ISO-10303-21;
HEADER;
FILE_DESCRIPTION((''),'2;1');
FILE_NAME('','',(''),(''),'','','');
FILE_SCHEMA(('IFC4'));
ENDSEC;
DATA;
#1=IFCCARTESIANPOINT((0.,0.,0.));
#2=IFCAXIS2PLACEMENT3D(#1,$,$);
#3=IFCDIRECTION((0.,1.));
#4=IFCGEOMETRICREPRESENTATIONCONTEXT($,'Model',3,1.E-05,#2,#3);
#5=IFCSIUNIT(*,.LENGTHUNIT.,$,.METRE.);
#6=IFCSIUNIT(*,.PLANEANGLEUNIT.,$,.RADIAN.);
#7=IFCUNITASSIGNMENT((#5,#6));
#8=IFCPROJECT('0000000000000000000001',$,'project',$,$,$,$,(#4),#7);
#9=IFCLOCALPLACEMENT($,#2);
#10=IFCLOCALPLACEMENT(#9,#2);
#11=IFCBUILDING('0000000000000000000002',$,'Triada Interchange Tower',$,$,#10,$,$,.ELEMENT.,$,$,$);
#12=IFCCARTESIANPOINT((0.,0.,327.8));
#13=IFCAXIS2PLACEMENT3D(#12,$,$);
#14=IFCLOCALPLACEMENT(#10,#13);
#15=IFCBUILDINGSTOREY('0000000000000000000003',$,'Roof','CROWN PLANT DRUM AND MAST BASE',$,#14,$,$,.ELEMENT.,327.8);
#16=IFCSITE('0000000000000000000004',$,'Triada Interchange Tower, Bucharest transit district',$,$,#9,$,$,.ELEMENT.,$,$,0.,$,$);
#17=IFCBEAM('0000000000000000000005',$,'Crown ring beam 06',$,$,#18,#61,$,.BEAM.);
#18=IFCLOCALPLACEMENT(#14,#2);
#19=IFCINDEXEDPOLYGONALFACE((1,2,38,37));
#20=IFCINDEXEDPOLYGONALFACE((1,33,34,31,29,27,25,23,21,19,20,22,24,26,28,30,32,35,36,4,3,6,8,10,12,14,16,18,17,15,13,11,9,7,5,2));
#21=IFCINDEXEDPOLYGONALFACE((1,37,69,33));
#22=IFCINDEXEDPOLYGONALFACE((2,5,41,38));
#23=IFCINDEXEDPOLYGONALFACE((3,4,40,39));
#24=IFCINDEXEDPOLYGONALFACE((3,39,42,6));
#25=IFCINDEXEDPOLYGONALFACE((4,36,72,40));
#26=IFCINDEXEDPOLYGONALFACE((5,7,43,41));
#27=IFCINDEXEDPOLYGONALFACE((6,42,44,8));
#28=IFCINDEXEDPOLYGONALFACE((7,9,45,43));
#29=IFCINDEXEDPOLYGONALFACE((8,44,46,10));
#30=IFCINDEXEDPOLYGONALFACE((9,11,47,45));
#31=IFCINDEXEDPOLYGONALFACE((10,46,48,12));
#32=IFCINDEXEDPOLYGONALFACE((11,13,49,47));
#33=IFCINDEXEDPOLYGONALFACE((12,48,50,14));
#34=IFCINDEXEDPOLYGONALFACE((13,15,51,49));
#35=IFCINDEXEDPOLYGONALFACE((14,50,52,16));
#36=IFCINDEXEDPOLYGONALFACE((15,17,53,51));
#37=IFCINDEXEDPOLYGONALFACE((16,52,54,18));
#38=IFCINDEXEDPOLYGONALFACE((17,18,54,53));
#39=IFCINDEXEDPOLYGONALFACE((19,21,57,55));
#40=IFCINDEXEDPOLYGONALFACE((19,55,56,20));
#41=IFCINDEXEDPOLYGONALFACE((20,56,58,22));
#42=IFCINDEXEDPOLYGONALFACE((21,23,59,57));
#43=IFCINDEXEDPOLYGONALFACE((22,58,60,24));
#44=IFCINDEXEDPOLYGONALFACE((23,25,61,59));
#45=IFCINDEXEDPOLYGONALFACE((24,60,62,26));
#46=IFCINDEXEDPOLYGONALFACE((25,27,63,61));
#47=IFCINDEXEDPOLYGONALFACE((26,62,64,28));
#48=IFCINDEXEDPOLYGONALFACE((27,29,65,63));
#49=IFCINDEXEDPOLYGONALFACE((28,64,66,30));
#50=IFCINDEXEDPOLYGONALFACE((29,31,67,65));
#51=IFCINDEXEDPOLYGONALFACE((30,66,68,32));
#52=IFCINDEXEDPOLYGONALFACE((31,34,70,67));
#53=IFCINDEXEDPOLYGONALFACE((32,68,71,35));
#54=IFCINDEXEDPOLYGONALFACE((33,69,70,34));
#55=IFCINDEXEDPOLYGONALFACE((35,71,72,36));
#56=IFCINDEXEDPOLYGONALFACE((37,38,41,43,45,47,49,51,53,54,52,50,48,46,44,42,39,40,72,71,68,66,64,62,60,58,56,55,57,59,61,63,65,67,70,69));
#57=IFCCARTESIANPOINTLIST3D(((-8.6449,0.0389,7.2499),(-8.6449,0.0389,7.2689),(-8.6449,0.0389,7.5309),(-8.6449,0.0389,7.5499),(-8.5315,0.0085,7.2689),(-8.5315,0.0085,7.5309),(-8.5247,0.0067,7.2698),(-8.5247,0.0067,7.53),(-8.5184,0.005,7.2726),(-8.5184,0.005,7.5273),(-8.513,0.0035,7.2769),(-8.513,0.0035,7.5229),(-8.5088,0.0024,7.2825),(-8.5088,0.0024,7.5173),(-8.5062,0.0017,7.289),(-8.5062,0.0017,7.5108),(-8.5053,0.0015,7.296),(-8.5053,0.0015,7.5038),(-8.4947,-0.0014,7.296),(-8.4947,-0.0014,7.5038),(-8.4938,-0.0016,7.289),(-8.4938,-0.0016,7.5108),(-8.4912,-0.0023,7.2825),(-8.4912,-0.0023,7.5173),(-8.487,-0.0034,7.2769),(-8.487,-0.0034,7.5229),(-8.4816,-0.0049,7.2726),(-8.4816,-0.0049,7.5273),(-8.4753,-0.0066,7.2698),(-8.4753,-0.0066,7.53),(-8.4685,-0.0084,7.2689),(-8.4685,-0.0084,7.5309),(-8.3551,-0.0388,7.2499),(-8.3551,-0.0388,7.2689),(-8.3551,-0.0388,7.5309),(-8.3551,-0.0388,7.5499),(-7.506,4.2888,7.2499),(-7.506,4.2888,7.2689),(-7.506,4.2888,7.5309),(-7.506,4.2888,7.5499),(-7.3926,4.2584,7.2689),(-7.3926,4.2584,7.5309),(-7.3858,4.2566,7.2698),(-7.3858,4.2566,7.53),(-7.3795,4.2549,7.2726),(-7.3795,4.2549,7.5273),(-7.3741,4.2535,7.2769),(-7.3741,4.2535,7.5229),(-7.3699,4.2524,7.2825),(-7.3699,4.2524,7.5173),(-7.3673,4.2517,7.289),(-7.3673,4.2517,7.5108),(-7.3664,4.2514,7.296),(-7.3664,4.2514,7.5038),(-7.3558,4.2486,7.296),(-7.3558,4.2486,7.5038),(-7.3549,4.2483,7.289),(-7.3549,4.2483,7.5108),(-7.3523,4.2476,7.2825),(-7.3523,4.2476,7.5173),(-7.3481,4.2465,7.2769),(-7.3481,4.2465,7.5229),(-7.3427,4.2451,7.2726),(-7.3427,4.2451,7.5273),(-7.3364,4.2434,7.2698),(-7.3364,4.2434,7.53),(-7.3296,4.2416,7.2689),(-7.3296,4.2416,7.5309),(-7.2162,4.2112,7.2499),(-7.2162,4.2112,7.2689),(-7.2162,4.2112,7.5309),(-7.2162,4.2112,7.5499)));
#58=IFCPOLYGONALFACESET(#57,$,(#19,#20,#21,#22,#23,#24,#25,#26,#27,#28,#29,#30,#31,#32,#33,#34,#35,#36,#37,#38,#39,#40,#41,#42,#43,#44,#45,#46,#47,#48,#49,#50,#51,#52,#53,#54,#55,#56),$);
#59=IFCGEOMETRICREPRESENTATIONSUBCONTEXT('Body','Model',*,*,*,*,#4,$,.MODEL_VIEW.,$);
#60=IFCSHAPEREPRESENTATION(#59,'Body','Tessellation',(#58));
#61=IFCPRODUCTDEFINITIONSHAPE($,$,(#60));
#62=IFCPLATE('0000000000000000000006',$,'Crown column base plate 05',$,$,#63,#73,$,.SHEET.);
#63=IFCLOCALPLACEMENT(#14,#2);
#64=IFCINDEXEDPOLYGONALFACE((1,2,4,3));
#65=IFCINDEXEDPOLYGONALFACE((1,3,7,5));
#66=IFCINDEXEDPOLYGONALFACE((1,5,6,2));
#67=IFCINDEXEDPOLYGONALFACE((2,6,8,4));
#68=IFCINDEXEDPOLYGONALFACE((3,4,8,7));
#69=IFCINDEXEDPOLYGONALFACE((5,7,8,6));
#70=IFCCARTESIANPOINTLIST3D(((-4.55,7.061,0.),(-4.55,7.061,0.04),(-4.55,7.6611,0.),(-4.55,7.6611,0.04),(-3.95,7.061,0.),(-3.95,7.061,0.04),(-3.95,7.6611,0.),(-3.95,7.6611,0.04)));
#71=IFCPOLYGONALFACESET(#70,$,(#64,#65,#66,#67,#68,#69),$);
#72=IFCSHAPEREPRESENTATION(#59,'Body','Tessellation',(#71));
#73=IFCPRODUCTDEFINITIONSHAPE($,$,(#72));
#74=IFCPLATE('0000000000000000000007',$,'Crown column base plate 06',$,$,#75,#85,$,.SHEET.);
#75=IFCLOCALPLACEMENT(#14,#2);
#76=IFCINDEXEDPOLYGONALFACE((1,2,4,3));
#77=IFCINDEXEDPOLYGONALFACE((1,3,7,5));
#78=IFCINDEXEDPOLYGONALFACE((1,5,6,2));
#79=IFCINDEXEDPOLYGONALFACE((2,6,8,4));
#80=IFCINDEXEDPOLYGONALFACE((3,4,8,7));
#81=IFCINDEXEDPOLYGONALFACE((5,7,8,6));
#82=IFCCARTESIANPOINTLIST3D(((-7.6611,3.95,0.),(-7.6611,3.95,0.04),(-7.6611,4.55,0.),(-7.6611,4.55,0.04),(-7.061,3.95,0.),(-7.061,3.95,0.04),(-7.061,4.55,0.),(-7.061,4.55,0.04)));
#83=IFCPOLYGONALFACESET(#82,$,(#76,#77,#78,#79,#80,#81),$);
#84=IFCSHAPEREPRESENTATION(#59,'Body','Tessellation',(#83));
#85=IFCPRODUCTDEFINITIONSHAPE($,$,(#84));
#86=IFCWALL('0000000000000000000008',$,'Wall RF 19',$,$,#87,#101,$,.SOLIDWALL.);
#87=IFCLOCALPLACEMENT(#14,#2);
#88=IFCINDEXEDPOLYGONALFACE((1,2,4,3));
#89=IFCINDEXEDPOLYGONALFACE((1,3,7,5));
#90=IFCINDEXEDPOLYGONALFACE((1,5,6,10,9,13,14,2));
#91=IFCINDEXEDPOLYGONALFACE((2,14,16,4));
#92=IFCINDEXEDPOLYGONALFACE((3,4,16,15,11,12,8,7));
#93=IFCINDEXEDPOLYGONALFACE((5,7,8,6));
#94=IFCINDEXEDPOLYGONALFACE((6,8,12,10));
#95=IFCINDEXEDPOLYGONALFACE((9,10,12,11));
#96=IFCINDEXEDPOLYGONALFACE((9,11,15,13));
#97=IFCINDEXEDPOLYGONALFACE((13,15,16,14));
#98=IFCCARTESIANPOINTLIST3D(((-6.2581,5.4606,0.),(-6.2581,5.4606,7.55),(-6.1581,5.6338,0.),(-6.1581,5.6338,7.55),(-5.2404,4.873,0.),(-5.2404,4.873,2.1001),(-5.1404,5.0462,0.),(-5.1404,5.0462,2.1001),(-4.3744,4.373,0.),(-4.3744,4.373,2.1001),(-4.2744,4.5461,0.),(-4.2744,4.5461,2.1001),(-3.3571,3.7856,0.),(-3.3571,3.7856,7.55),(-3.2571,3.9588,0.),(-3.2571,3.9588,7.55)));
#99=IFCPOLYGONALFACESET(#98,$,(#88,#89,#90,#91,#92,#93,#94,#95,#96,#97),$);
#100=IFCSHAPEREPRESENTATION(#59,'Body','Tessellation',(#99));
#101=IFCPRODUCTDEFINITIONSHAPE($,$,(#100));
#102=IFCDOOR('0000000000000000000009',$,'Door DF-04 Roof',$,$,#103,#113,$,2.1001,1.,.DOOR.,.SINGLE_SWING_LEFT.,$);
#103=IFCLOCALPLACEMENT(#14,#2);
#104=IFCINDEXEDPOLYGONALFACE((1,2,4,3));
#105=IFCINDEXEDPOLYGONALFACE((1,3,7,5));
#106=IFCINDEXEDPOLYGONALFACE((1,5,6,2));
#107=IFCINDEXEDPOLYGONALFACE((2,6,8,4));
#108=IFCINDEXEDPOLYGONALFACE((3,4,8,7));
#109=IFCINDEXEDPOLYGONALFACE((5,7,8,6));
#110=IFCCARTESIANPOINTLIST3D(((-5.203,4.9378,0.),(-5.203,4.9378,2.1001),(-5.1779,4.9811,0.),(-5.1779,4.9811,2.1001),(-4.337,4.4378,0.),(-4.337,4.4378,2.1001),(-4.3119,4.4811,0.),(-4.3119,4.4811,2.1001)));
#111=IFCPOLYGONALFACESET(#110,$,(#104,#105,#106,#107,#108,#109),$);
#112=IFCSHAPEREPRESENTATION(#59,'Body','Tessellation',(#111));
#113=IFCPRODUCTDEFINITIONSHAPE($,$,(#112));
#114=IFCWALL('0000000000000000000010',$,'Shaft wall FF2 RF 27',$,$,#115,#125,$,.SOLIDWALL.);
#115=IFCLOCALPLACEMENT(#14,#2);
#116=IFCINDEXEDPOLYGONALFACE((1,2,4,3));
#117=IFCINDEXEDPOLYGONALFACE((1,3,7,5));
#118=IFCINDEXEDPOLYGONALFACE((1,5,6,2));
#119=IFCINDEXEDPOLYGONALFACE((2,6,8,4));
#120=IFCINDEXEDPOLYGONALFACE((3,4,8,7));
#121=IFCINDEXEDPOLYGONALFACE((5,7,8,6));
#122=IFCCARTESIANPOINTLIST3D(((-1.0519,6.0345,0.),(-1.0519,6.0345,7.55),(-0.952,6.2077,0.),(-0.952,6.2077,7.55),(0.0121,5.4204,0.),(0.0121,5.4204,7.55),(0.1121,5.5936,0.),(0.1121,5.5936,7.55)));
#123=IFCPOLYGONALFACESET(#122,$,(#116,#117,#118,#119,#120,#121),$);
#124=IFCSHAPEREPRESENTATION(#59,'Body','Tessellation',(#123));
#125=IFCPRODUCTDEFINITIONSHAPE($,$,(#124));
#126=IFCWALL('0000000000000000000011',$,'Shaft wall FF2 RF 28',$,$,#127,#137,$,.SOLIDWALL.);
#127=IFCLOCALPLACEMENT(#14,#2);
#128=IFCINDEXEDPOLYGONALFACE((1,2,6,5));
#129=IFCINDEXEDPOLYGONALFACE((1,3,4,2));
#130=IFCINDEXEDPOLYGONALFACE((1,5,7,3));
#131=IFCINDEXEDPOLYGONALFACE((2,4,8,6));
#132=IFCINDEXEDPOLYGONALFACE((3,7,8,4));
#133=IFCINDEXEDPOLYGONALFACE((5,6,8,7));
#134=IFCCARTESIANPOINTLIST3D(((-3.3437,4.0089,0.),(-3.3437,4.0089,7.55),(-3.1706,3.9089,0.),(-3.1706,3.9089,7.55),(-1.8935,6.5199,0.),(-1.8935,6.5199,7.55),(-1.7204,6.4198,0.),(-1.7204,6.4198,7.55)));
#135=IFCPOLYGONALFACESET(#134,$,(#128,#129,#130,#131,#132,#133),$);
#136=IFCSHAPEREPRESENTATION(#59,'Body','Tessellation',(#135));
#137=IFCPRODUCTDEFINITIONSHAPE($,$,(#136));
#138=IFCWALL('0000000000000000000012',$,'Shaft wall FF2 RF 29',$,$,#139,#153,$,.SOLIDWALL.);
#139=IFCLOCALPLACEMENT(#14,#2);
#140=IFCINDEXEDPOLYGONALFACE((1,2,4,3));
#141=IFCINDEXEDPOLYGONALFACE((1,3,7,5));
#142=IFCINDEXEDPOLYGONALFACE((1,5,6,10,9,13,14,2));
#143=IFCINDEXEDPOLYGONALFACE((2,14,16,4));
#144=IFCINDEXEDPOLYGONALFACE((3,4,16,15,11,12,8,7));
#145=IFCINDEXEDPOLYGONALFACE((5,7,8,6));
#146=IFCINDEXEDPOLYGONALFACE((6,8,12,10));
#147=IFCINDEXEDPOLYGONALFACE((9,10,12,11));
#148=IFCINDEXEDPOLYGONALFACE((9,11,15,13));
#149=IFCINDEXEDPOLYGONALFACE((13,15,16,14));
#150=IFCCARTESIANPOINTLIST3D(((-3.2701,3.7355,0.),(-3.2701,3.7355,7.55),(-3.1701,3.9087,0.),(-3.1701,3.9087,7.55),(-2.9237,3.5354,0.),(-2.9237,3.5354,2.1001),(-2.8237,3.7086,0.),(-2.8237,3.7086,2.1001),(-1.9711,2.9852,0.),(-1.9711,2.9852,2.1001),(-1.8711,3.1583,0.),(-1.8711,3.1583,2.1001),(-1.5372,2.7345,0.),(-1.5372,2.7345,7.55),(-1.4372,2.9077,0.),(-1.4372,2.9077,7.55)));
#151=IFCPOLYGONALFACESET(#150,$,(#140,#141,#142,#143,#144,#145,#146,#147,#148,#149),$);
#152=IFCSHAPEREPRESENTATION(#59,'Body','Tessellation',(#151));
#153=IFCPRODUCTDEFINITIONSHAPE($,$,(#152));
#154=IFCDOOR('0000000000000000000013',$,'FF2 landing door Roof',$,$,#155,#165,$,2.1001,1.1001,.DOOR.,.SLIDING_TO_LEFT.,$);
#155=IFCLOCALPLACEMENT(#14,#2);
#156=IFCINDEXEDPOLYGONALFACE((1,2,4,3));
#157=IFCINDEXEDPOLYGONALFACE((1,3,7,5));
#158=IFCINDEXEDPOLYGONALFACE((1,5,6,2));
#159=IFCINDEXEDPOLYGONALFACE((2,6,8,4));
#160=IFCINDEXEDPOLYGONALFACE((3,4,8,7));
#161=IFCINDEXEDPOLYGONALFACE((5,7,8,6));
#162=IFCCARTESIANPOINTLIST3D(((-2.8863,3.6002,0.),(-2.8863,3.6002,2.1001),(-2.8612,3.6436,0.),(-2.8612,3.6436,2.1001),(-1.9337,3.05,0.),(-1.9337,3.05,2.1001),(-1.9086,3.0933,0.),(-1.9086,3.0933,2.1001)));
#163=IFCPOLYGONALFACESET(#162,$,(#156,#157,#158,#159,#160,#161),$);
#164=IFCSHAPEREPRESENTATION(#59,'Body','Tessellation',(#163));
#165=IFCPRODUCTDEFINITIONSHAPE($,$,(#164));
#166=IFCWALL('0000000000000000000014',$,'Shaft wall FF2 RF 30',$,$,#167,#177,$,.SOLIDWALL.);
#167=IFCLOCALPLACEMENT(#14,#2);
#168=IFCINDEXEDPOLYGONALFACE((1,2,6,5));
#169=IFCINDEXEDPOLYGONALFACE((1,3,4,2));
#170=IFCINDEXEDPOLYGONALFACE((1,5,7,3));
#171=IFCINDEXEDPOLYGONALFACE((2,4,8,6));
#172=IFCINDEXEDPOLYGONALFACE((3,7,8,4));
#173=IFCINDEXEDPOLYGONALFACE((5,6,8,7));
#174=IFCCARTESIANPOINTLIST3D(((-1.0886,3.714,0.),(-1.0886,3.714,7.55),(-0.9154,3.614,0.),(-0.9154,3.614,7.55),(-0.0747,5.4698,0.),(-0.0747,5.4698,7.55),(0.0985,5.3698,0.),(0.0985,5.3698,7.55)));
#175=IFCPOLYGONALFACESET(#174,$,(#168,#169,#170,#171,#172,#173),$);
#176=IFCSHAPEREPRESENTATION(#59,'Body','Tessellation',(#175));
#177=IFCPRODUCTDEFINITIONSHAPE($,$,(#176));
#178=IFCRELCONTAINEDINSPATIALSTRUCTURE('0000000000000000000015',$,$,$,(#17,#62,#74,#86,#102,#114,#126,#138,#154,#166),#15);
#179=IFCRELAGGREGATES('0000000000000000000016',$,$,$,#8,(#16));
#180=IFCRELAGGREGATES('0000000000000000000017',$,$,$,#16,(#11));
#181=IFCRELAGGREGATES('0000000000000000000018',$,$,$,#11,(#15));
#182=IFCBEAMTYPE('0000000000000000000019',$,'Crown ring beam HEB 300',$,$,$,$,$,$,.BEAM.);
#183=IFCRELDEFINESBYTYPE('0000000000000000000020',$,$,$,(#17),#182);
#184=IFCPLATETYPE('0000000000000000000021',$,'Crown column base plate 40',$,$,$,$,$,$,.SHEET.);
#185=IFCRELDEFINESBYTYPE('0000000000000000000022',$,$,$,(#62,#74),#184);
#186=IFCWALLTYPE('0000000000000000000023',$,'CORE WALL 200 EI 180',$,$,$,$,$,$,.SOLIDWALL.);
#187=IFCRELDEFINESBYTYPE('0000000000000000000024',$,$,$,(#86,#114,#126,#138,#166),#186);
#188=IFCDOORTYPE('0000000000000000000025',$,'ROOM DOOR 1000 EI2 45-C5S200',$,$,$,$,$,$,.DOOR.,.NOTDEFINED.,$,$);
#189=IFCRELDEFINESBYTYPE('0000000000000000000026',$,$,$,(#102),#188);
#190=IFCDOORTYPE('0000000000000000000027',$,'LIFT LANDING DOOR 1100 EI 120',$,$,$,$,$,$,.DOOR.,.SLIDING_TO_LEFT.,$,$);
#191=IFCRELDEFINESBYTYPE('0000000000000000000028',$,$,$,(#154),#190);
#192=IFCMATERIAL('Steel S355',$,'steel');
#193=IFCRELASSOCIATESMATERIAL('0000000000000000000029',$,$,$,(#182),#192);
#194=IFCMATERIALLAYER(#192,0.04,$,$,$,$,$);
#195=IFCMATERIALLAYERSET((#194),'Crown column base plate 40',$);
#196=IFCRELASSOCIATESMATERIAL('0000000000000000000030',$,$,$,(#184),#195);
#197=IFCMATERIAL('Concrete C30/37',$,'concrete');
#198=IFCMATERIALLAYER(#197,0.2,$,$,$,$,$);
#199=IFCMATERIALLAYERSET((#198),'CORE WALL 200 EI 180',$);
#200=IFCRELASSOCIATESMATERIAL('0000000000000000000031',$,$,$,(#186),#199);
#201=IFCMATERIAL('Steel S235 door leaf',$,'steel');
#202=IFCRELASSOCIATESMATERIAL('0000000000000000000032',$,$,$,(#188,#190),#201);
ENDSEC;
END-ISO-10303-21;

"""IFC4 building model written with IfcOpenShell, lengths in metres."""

from ifc_helpers import new_model, si_unit, direction, frame, frame_2d, origin, origin_2d, place, context, subcontext, project, spatial, rectangle, i_section, extrude, material, layer, layer_set, material_profile, profile_set, type_object, element, fill, save


model = new_model("IFC4")

# Units and contexts
model_context = context("Model", 3, precision=1e-05, world=origin(), true_north=direction((0.0, 1.0)))
body_context = subcontext(model_context, "Body", "Model", "MODEL_VIEW")
ifc_project = project(units=[si_unit("LENGTHUNIT", "METRE"), si_unit("PLANEANGLEUNIT", "RADIAN")], contexts=[model_context])

# Site, building, storey
site_placement = place(None, origin())
site = spatial("IfcSite", under=ifc_project, at=site_placement, Name="Triada Interchange Tower, Bucharest transit district", CompositionType="ELEMENT", RefElevation=0.0)
building_placement = place(site_placement, origin())
building = spatial("IfcBuilding", under=site, at=building_placement, Name="Triada Interchange Tower", CompositionType="ELEMENT")
storey_placement = place(building_placement, frame((0.0, 0.0, 327.8)))
storey = spatial("IfcBuildingStorey", under=building, at=storey_placement, Name="Roof", Description="CROWN PLANT DRUM AND MAST BASE", CompositionType="ELEMENT", Elevation=327.8)

# Shared definitions
ifc_material_1 = material(Name="Steel S355", Category="steel")

# Beam
ifc_material_profile_1 = material_profile(ifc_material_1, i_section(OverallWidth=0.3, OverallDepth=0.3, WebThickness=0.011, FlangeThickness=0.019, FilletRadius=0.0271, at=origin_2d()), Name="HEB 300")
ifc_profile_set_1 = profile_set([ifc_material_profile_1], Name="Steel S355")
beam_type_1 = type_object("IfcBeamType", Name="Crown ring beam HEB 300", PredefinedType="BEAM", material=ifc_profile_set_1)
beam_1_placement = place(storey_placement, frame((-7.3611, 4.25, 7.3999), z_axis=(-0.258847, -0.965918, 0.0), x_axis=(0.965918, -0.258847, 0.0)))
element("IfcBeam", 1, at=beam_1_placement, inside=storey, type_object=beam_type_1, Name="Crown ring beam 06", PredefinedType="BEAM", context=body_context, shape_type="SweptSolid", body=[
    extrude(i_section(OverallWidth=0.3, OverallDepth=0.3, WebThickness=0.011, FlangeThickness=0.019, FilletRadius=0.0271, at=origin_2d()), origin(), (0.0, 0.0, 1.0), 4.3999),
])

# Plates
ifc_layer_1 = layer(ifc_material_1, 0.04)
ifc_layer_set_1 = layer_set([ifc_layer_1], Name="Crown column base plate 40")
plate_type = type_object("IfcPlateType", Name="Crown column base plate 40", PredefinedType="SHEET", material=ifc_layer_set_1)
for number, where, z_axis, x_axis, name in (
    (2, (-4.25, 7.3611, 0.0), (0.0, 0.0, 1.0), (1.0, 0.0, 0.0), "Crown column base plate 05"),
    (3, (-7.3611, 4.25, 0.0), (0.0, 0.0, 1.0), (1.0, 0.0, 0.0), "Crown column base plate 06"),
):
    element("IfcPlate", number, at=place(storey_placement, frame(where, z_axis=z_axis, x_axis=x_axis)), inside=storey, type_object=plate_type, Name=name, PredefinedType="SHEET", context=body_context, shape_type="SweptSolid", body=[
        extrude(rectangle(XDim=0.6001, YDim=0.6001, at=origin_2d()), origin(), (0.0, 0.0, 1.0), 0.04),
    ])

# Wall, opening, door
ifc_material_2 = material(Name="Concrete C30/37", Category="concrete")
ifc_layer_2 = layer(ifc_material_2, 0.2)
ifc_layer_set_2 = layer_set([ifc_layer_2], Name="CORE WALL 200 EI 180")
wall_type_1 = type_object("IfcWallType", Name="CORE WALL 200 EI 180", PredefinedType="SOLIDWALL", material=ifc_layer_set_2)
wall_1_placement = place(storey_placement, frame((-6.208, 5.5471, 0.0), z_axis=(0.0, 0.0, 1.0), x_axis=(0.866014, -0.500019, 0.0)))
wall_1 = element("IfcWall", 4, at=wall_1_placement, inside=storey, type_object=wall_type_1, Name="Wall RF 19", PredefinedType="SOLIDWALL", context=body_context, shape_type="SweptSolid", body=[
    extrude(rectangle(XDim=3.3499, YDim=0.2, at=frame_2d((1.6748, 0.0))), origin(), (0.0, 0.0, 1.0), 7.55),
])
opening_1_placement = place(wall_1_placement, frame((1.175, 0.0, 0.0)))
opening_1 = element("IfcOpeningElement", 5, at=opening_1_placement, cuts=wall_1, PredefinedType="OPENING", context=body_context, shape_type="SweptSolid", body=[
    extrude(rectangle(XDim=1.0, YDim=2.1001, at=frame_2d((0.5, 1.05))), frame((0.0, 0.1099, 0.0), z_axis=(0.0, -1.0, 0.0), x_axis=(1.0, 0.0, 0.0)), (0.0, 0.0, 1.0), 0.22),
])
ifc_material_3 = material(Name="Steel S235 door leaf", Category="steel")
door_type_1 = type_object("IfcDoorType", Name="ROOM DOOR 1000 EI2 45-C5S200", OperationType="NOTDEFINED", PredefinedType="DOOR", material=ifc_material_3)
door_1_placement = place(opening_1_placement, origin())
door_1 = element("IfcDoor", 6, at=door_1_placement, inside=storey, type_object=door_type_1, Name="Door DF-04 Roof", OperationType="SINGLE_SWING_LEFT", OverallHeight=2.1001, OverallWidth=1.0, PredefinedType="DOOR", context=body_context, shape_type="SweptSolid", body=[
    extrude(rectangle(XDim=1.0, YDim=2.1001, at=frame_2d((0.5, 1.05))), frame((0.0, 0.0249, 0.0), z_axis=(0.0, -1.0, 0.0), x_axis=(1.0, 0.0, 0.0)), (0.0, 0.0, 1.0), 0.05),
])
fill(opening_1, door_1)

# Walls
wall_2_placement = place(storey_placement, frame((-1.002, 6.1211, 0.0), z_axis=(0.0, 0.0, 1.0), x_axis=(0.866119, -0.499837, 0.0)))
element("IfcWall", 7, at=wall_2_placement, inside=storey, type_object=wall_type_1, Name="Shaft wall FF2 RF 27", PredefinedType="SOLIDWALL", context=body_context, shape_type="SweptSolid", body=[
    extrude(rectangle(XDim=1.2285, YDim=0.2, at=frame_2d((0.6143, 0.0))), origin(), (0.0, 0.0, 1.0), 7.55),
])
wall_3_placement = place(storey_placement, frame((-3.2571, 3.959, 0.0), z_axis=(0.0, 0.0, 1.0), x_axis=(0.500123, 0.865954, 0.0)))
element("IfcWall", 8, at=wall_3_placement, inside=storey, type_object=wall_type_1, Name="Shaft wall FF2 RF 28", PredefinedType="SOLIDWALL", context=body_context, shape_type="SweptSolid", body=[
    extrude(rectangle(XDim=2.8997, YDim=0.2, at=frame_2d((1.4497, 0.0))), origin(), (0.0, 0.0, 1.0), 7.55),
])

# Wall, opening, door
wall_4_placement = place(storey_placement, frame((-3.22, 3.822, 0.0), z_axis=(0.0, 0.0, 1.0), x_axis=(0.865921, -0.50018, 0.0)))
wall_4 = element("IfcWall", 9, at=wall_4_placement, inside=storey, type_object=wall_type_1, Name="Shaft wall FF2 RF 29", PredefinedType="SOLIDWALL", context=body_context, shape_type="SweptSolid", body=[
    extrude(rectangle(XDim=2.0012, YDim=0.2, at=frame_2d((1.0005, 0.0))), origin(), (0.0, 0.0, 1.0), 7.55),
])
opening_2_placement = place(wall_4_placement, frame((0.3999, 0.0, 0.0)))
opening_2 = element("IfcOpeningElement", 10, at=opening_2_placement, cuts=wall_4, PredefinedType="OPENING", context=body_context, shape_type="SweptSolid", body=[
    extrude(rectangle(XDim=1.1001, YDim=2.1001, at=frame_2d((0.55, 1.05))), frame((0.0, 0.1099, 0.0), z_axis=(0.0, -1.0, 0.0), x_axis=(1.0, 0.0, 0.0)), (0.0, 0.0, 1.0), 0.22),
])
door_type_2 = type_object("IfcDoorType", Name="LIFT LANDING DOOR 1100 EI 120", OperationType="SLIDING_TO_LEFT", PredefinedType="DOOR", material=ifc_material_3)
door_2_placement = place(opening_2_placement, origin())
door_2 = element("IfcDoor", 11, at=door_2_placement, inside=storey, type_object=door_type_2, Name="FF2 landing door Roof", OperationType="SLIDING_TO_LEFT", OverallHeight=2.1001, OverallWidth=1.1001, PredefinedType="DOOR", context=body_context, shape_type="SweptSolid", body=[
    extrude(rectangle(XDim=1.1001, YDim=2.1001, at=frame_2d((0.55, 1.05))), frame((0.0, 0.0249, 0.0), z_axis=(0.0, -1.0, 0.0), x_axis=(1.0, 0.0, 0.0)), (0.0, 0.0, 1.0), 0.05),
])
fill(opening_2, door_2)

# Wall
wall_5_placement = place(storey_placement, frame((-1.002, 3.6641, 0.0), z_axis=(0.0, 0.0, 1.0), x_axis=(0.500063, 0.865989, 0.0)))
element("IfcWall", 12, at=wall_5_placement, inside=storey, type_object=wall_type_1, Name="Shaft wall FF2 RF 30", PredefinedType="SOLIDWALL", context=body_context, shape_type="SweptSolid", body=[
    extrude(rectangle(XDim=2.0276, YDim=0.2, at=frame_2d((1.0137, 0.0))), origin(), (0.0, 0.0, 1.0), 7.55),
])

save(model, "model.ifc")
